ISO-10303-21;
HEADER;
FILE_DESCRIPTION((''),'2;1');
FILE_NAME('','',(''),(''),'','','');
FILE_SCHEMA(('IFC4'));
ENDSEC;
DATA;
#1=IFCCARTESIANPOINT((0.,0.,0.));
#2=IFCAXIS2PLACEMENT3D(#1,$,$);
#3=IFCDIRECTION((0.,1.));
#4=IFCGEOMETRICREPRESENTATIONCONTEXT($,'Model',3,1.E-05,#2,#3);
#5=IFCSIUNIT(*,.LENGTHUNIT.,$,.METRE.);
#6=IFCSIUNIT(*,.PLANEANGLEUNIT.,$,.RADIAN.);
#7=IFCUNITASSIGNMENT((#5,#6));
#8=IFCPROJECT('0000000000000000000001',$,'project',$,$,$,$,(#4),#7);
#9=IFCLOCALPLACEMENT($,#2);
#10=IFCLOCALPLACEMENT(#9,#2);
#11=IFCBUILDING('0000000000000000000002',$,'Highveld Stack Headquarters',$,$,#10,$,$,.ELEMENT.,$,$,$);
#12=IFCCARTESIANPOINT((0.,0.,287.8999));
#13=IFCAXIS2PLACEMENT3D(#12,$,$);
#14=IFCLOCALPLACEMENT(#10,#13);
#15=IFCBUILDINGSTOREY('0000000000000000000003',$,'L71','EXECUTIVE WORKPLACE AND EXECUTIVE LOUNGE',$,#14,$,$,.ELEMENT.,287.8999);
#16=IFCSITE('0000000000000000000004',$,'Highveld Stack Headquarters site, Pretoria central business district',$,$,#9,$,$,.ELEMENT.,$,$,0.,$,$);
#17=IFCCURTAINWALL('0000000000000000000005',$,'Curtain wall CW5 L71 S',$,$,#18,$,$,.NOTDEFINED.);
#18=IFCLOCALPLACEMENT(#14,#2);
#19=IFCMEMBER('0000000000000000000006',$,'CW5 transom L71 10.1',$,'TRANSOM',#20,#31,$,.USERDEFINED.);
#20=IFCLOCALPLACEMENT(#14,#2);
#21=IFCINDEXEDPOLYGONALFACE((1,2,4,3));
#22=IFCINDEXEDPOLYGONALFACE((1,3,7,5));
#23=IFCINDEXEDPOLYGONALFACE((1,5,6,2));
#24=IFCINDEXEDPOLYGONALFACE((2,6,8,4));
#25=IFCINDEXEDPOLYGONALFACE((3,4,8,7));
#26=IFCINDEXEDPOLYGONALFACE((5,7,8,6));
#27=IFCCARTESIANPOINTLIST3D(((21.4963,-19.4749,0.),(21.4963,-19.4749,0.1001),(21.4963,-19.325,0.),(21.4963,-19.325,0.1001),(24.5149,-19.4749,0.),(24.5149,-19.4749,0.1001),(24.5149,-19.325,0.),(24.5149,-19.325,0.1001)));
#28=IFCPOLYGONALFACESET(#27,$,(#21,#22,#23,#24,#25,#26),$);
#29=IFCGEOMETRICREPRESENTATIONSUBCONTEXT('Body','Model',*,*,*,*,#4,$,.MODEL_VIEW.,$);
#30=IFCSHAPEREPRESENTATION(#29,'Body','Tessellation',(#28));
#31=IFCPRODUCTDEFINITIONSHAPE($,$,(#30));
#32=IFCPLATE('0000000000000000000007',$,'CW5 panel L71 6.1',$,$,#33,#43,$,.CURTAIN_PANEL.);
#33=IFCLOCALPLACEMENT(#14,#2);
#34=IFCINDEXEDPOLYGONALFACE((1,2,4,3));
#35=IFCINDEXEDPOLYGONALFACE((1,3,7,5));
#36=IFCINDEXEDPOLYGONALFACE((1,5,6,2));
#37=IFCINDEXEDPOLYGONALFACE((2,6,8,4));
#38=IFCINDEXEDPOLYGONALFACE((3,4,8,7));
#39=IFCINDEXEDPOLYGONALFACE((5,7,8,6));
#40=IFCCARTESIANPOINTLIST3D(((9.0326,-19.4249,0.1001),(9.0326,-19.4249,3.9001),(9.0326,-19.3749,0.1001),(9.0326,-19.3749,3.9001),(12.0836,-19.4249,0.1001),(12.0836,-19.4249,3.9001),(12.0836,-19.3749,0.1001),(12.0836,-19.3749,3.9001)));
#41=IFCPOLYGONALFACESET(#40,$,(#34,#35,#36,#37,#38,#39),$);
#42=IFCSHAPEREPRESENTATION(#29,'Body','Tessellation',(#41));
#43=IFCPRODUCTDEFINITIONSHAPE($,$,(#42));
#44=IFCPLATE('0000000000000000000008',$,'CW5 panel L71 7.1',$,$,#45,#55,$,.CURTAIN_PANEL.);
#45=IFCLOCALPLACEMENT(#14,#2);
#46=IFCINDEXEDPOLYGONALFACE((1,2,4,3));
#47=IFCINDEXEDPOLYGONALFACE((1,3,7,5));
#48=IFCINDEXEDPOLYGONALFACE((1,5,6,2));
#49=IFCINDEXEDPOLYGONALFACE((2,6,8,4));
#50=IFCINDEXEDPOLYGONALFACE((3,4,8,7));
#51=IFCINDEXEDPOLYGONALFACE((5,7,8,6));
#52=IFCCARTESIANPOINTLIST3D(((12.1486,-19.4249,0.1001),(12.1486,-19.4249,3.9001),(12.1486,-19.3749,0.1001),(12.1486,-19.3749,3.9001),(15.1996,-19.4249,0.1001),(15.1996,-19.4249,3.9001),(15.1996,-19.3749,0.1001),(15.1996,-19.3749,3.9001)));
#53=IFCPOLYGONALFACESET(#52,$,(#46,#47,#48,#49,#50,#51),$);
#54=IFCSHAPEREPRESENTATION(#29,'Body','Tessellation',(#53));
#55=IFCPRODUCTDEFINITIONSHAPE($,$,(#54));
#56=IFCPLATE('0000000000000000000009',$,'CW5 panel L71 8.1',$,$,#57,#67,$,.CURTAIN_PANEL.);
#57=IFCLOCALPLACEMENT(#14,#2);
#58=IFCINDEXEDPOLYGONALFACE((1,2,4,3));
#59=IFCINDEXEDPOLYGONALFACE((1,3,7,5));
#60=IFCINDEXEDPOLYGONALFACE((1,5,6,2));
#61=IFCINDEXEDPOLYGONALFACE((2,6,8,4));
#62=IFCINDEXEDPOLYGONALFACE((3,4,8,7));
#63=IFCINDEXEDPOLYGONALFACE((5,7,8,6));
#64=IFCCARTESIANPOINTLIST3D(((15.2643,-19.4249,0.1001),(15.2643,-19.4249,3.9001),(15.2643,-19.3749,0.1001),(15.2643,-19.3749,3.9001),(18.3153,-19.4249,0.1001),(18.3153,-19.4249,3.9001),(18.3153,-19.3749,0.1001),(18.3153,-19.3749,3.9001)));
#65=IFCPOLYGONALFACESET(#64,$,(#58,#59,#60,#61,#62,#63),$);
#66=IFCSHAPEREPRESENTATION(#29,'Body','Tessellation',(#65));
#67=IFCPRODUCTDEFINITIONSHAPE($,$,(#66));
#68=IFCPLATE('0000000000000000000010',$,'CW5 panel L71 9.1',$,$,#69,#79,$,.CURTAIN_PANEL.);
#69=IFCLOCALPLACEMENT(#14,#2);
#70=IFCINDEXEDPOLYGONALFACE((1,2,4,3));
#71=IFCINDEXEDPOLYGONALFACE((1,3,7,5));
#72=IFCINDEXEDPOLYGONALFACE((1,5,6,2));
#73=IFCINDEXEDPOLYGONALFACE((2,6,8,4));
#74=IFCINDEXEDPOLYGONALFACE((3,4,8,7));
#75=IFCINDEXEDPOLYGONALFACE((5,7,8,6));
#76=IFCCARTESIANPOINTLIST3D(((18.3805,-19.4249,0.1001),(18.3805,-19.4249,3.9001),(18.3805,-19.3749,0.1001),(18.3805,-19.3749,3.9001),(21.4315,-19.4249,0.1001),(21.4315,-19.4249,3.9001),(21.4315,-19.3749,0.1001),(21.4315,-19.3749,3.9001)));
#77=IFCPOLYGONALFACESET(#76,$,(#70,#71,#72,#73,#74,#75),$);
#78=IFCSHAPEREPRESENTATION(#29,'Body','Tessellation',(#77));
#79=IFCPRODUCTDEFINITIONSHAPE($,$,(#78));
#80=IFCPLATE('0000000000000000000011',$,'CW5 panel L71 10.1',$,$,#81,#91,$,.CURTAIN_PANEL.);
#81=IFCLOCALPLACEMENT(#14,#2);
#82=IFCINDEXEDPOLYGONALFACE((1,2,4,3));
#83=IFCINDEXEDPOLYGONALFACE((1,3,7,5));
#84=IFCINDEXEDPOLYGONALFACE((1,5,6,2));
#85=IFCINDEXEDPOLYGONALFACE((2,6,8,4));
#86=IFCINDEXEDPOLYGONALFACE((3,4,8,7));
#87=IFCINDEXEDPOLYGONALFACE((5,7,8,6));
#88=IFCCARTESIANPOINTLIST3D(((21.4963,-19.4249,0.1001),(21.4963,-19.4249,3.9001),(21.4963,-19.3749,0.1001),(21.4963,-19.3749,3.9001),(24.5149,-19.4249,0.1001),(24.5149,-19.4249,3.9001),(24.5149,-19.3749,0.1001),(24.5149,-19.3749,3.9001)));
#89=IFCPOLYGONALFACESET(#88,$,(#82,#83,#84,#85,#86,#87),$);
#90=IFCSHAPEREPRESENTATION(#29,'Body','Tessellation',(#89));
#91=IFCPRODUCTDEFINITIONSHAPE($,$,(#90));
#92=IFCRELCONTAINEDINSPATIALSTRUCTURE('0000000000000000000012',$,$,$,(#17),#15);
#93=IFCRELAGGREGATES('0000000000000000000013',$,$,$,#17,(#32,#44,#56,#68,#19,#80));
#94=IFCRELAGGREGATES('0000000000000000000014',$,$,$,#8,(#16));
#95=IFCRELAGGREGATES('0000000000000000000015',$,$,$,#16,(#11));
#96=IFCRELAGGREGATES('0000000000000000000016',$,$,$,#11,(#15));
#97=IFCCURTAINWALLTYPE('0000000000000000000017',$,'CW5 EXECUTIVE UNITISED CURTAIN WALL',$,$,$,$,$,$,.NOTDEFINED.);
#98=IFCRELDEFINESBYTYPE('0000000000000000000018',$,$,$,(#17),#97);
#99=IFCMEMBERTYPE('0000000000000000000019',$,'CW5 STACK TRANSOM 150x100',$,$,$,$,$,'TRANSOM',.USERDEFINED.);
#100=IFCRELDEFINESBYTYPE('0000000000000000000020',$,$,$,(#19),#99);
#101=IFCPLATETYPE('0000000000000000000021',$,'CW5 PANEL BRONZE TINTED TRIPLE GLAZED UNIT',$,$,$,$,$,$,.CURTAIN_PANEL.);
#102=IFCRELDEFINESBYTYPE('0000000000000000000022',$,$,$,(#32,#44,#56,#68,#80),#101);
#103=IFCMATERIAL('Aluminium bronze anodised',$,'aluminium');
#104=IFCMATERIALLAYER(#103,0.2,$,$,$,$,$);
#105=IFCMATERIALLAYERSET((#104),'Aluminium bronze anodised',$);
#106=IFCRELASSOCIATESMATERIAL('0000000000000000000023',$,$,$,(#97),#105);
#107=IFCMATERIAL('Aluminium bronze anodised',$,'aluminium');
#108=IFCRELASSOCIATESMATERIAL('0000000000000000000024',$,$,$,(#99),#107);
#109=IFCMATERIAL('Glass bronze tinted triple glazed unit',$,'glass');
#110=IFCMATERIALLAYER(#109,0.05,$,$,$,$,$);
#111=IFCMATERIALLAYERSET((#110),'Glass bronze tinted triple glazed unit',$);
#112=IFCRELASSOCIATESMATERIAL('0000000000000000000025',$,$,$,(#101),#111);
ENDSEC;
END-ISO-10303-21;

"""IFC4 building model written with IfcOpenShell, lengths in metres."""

from ifc_helpers import new_model, si_unit, direction, frame, origin, origin_2d, place, context, subcontext, project, spatial, rectangle, extrude, material, layer, layer_set, material_profile, profile_set, type_object, element, aggregate, save


model = new_model("IFC4")

# Units and contexts
model_context = context("Model", 3, precision=1e-05, world=origin(), true_north=direction((0.0, 1.0)))
body_context = subcontext(model_context, "Body", "Model", "MODEL_VIEW")
ifc_project = project(units=[si_unit("LENGTHUNIT", "METRE"), si_unit("PLANEANGLEUNIT", "RADIAN")], contexts=[model_context])

# Site, building, storey
site_placement = place(None, origin())
site = spatial("IfcSite", under=ifc_project, at=site_placement, Name="Highveld Stack Headquarters site, Pretoria central business district", CompositionType="ELEMENT", RefElevation=0.0)
building_placement = place(site_placement, origin())
building = spatial("IfcBuilding", under=site, at=building_placement, Name="Highveld Stack Headquarters", CompositionType="ELEMENT")
storey_placement = place(building_placement, frame((0.0, 0.0, 287.8999)))
storey = spatial("IfcBuildingStorey", under=building, at=storey_placement, Name="L71", Description="EXECUTIVE WORKPLACE AND EXECUTIVE LOUNGE", CompositionType="ELEMENT", Elevation=287.8999)

# Curtain wall, member, plates
ifc_material_1 = material(Name="Aluminium bronze anodised", Category="aluminium")
ifc_layer_1 = layer(ifc_material_1, 0.2)
ifc_layer_set_1 = layer_set([ifc_layer_1], Name="Aluminium bronze anodised")
curtain_wall_type = type_object("IfcCurtainWallType", Name="CW5 EXECUTIVE UNITISED CURTAIN WALL", PredefinedType="NOTDEFINED", material=ifc_layer_set_1)
curtain_wall_placement = place(storey_placement, origin())
curtain_wall = element("IfcCurtainWall", 1, at=curtain_wall_placement, inside=storey, type_object=curtain_wall_type, Name="Curtain wall CW5 L71 S", PredefinedType="NOTDEFINED")
ifc_material_2 = material(Name="Aluminium bronze anodised", Category="aluminium")
ifc_material_profile_1 = material_profile(ifc_material_2, rectangle(XDim=0.1499, YDim=0.1001, at=origin_2d()), Name="CW5 TRANSOM 150x100")
ifc_profile_set_1 = profile_set([ifc_material_profile_1], Name="Aluminium bronze anodised")
member_type_1 = type_object("IfcMemberType", Name="CW5 STACK TRANSOM 150x100", ElementType="TRANSOM", PredefinedType="USERDEFINED", material=ifc_profile_set_1)
member_1_placement = place(storey_placement, frame((21.4963, -19.3999, 0.05), z_axis=(1.0, 0.0, 0.0), x_axis=(0.0, 1.0, 0.0)))
member_1 = element("IfcMember", 2, at=member_1_placement, type_object=member_type_1, Name="CW5 transom L71 10.1", ObjectType="TRANSOM", PredefinedType="USERDEFINED", context=body_context, shape_type="SweptSolid", body=[
    extrude(rectangle(XDim=0.1499, YDim=0.1001, at=origin_2d()), origin(), (0.0, 0.0, 1.0), 3.0186),
])
ifc_material_3 = material(Name="Glass bronze tinted triple glazed unit", Category="glass")
ifc_layer_2 = layer(ifc_material_3, 0.05)
ifc_layer_set_2 = layer_set([ifc_layer_2], Name="Glass bronze tinted triple glazed unit")
plate_type = type_object("IfcPlateType", Name="CW5 PANEL BRONZE TINTED TRIPLE GLAZED UNIT", PredefinedType="CURTAIN_PANEL", material=ifc_layer_set_2)
plate_1_placement = place(storey_placement, frame((10.5581, -19.3999, 0.1001), z_axis=(0.0, 0.0, 1.0), x_axis=(1.0, 0.0, 0.0)))
plate_1 = element("IfcPlate", 3, at=plate_1_placement, type_object=plate_type, Name="CW5 panel L71 6.1", PredefinedType="CURTAIN_PANEL", context=body_context, shape_type="SweptSolid", body=[
    extrude(rectangle(XDim=3.051, YDim=0.05, at=origin_2d()), origin(), (0.0, 0.0, 1.0), 3.8),
])
plate_2_placement = place(storey_placement, frame((13.6741, -19.3999, 0.1001), z_axis=(0.0, 0.0, 1.0), x_axis=(1.0, 0.0, 0.0)))
plate_2 = element("IfcPlate", 4, at=plate_2_placement, type_object=plate_type, Name="CW5 panel L71 7.1", PredefinedType="CURTAIN_PANEL", context=body_context, shape_type="SweptSolid", body=[
    extrude(rectangle(XDim=3.051, YDim=0.05, at=origin_2d()), origin(), (0.0, 0.0, 1.0), 3.8),
])
plate_3_placement = place(storey_placement, frame((16.7898, -19.3999, 0.1001), z_axis=(0.0, 0.0, 1.0), x_axis=(1.0, 0.0, 0.0)))
plate_3 = element("IfcPlate", 5, at=plate_3_placement, type_object=plate_type, Name="CW5 panel L71 8.1", PredefinedType="CURTAIN_PANEL", context=body_context, shape_type="SweptSolid", body=[
    extrude(rectangle(XDim=3.051, YDim=0.05, at=origin_2d()), origin(), (0.0, 0.0, 1.0), 3.8),
])
plate_4_placement = place(storey_placement, frame((19.906, -19.3999, 0.1001), z_axis=(0.0, 0.0, 1.0), x_axis=(1.0, 0.0, 0.0)))
plate_4 = element("IfcPlate", 6, at=plate_4_placement, type_object=plate_type, Name="CW5 panel L71 9.1", PredefinedType="CURTAIN_PANEL", context=body_context, shape_type="SweptSolid", body=[
    extrude(rectangle(XDim=3.051, YDim=0.05, at=origin_2d()), origin(), (0.0, 0.0, 1.0), 3.8),
])
plate_5_placement = place(storey_placement, frame((23.0056, -19.3999, 0.1001), z_axis=(0.0, 0.0, 1.0), x_axis=(1.0, 0.0, 0.0)))
plate_5 = element("IfcPlate", 7, at=plate_5_placement, type_object=plate_type, Name="CW5 panel L71 10.1", PredefinedType="CURTAIN_PANEL", context=body_context, shape_type="SweptSolid", body=[
    extrude(rectangle(XDim=3.0186, YDim=0.05, at=origin_2d()), origin(), (0.0, 0.0, 1.0), 3.8),
])
aggregate(curtain_wall, [plate_1, plate_2, plate_3, plate_4, member_1, plate_5])

save(model, "model.ifc")
